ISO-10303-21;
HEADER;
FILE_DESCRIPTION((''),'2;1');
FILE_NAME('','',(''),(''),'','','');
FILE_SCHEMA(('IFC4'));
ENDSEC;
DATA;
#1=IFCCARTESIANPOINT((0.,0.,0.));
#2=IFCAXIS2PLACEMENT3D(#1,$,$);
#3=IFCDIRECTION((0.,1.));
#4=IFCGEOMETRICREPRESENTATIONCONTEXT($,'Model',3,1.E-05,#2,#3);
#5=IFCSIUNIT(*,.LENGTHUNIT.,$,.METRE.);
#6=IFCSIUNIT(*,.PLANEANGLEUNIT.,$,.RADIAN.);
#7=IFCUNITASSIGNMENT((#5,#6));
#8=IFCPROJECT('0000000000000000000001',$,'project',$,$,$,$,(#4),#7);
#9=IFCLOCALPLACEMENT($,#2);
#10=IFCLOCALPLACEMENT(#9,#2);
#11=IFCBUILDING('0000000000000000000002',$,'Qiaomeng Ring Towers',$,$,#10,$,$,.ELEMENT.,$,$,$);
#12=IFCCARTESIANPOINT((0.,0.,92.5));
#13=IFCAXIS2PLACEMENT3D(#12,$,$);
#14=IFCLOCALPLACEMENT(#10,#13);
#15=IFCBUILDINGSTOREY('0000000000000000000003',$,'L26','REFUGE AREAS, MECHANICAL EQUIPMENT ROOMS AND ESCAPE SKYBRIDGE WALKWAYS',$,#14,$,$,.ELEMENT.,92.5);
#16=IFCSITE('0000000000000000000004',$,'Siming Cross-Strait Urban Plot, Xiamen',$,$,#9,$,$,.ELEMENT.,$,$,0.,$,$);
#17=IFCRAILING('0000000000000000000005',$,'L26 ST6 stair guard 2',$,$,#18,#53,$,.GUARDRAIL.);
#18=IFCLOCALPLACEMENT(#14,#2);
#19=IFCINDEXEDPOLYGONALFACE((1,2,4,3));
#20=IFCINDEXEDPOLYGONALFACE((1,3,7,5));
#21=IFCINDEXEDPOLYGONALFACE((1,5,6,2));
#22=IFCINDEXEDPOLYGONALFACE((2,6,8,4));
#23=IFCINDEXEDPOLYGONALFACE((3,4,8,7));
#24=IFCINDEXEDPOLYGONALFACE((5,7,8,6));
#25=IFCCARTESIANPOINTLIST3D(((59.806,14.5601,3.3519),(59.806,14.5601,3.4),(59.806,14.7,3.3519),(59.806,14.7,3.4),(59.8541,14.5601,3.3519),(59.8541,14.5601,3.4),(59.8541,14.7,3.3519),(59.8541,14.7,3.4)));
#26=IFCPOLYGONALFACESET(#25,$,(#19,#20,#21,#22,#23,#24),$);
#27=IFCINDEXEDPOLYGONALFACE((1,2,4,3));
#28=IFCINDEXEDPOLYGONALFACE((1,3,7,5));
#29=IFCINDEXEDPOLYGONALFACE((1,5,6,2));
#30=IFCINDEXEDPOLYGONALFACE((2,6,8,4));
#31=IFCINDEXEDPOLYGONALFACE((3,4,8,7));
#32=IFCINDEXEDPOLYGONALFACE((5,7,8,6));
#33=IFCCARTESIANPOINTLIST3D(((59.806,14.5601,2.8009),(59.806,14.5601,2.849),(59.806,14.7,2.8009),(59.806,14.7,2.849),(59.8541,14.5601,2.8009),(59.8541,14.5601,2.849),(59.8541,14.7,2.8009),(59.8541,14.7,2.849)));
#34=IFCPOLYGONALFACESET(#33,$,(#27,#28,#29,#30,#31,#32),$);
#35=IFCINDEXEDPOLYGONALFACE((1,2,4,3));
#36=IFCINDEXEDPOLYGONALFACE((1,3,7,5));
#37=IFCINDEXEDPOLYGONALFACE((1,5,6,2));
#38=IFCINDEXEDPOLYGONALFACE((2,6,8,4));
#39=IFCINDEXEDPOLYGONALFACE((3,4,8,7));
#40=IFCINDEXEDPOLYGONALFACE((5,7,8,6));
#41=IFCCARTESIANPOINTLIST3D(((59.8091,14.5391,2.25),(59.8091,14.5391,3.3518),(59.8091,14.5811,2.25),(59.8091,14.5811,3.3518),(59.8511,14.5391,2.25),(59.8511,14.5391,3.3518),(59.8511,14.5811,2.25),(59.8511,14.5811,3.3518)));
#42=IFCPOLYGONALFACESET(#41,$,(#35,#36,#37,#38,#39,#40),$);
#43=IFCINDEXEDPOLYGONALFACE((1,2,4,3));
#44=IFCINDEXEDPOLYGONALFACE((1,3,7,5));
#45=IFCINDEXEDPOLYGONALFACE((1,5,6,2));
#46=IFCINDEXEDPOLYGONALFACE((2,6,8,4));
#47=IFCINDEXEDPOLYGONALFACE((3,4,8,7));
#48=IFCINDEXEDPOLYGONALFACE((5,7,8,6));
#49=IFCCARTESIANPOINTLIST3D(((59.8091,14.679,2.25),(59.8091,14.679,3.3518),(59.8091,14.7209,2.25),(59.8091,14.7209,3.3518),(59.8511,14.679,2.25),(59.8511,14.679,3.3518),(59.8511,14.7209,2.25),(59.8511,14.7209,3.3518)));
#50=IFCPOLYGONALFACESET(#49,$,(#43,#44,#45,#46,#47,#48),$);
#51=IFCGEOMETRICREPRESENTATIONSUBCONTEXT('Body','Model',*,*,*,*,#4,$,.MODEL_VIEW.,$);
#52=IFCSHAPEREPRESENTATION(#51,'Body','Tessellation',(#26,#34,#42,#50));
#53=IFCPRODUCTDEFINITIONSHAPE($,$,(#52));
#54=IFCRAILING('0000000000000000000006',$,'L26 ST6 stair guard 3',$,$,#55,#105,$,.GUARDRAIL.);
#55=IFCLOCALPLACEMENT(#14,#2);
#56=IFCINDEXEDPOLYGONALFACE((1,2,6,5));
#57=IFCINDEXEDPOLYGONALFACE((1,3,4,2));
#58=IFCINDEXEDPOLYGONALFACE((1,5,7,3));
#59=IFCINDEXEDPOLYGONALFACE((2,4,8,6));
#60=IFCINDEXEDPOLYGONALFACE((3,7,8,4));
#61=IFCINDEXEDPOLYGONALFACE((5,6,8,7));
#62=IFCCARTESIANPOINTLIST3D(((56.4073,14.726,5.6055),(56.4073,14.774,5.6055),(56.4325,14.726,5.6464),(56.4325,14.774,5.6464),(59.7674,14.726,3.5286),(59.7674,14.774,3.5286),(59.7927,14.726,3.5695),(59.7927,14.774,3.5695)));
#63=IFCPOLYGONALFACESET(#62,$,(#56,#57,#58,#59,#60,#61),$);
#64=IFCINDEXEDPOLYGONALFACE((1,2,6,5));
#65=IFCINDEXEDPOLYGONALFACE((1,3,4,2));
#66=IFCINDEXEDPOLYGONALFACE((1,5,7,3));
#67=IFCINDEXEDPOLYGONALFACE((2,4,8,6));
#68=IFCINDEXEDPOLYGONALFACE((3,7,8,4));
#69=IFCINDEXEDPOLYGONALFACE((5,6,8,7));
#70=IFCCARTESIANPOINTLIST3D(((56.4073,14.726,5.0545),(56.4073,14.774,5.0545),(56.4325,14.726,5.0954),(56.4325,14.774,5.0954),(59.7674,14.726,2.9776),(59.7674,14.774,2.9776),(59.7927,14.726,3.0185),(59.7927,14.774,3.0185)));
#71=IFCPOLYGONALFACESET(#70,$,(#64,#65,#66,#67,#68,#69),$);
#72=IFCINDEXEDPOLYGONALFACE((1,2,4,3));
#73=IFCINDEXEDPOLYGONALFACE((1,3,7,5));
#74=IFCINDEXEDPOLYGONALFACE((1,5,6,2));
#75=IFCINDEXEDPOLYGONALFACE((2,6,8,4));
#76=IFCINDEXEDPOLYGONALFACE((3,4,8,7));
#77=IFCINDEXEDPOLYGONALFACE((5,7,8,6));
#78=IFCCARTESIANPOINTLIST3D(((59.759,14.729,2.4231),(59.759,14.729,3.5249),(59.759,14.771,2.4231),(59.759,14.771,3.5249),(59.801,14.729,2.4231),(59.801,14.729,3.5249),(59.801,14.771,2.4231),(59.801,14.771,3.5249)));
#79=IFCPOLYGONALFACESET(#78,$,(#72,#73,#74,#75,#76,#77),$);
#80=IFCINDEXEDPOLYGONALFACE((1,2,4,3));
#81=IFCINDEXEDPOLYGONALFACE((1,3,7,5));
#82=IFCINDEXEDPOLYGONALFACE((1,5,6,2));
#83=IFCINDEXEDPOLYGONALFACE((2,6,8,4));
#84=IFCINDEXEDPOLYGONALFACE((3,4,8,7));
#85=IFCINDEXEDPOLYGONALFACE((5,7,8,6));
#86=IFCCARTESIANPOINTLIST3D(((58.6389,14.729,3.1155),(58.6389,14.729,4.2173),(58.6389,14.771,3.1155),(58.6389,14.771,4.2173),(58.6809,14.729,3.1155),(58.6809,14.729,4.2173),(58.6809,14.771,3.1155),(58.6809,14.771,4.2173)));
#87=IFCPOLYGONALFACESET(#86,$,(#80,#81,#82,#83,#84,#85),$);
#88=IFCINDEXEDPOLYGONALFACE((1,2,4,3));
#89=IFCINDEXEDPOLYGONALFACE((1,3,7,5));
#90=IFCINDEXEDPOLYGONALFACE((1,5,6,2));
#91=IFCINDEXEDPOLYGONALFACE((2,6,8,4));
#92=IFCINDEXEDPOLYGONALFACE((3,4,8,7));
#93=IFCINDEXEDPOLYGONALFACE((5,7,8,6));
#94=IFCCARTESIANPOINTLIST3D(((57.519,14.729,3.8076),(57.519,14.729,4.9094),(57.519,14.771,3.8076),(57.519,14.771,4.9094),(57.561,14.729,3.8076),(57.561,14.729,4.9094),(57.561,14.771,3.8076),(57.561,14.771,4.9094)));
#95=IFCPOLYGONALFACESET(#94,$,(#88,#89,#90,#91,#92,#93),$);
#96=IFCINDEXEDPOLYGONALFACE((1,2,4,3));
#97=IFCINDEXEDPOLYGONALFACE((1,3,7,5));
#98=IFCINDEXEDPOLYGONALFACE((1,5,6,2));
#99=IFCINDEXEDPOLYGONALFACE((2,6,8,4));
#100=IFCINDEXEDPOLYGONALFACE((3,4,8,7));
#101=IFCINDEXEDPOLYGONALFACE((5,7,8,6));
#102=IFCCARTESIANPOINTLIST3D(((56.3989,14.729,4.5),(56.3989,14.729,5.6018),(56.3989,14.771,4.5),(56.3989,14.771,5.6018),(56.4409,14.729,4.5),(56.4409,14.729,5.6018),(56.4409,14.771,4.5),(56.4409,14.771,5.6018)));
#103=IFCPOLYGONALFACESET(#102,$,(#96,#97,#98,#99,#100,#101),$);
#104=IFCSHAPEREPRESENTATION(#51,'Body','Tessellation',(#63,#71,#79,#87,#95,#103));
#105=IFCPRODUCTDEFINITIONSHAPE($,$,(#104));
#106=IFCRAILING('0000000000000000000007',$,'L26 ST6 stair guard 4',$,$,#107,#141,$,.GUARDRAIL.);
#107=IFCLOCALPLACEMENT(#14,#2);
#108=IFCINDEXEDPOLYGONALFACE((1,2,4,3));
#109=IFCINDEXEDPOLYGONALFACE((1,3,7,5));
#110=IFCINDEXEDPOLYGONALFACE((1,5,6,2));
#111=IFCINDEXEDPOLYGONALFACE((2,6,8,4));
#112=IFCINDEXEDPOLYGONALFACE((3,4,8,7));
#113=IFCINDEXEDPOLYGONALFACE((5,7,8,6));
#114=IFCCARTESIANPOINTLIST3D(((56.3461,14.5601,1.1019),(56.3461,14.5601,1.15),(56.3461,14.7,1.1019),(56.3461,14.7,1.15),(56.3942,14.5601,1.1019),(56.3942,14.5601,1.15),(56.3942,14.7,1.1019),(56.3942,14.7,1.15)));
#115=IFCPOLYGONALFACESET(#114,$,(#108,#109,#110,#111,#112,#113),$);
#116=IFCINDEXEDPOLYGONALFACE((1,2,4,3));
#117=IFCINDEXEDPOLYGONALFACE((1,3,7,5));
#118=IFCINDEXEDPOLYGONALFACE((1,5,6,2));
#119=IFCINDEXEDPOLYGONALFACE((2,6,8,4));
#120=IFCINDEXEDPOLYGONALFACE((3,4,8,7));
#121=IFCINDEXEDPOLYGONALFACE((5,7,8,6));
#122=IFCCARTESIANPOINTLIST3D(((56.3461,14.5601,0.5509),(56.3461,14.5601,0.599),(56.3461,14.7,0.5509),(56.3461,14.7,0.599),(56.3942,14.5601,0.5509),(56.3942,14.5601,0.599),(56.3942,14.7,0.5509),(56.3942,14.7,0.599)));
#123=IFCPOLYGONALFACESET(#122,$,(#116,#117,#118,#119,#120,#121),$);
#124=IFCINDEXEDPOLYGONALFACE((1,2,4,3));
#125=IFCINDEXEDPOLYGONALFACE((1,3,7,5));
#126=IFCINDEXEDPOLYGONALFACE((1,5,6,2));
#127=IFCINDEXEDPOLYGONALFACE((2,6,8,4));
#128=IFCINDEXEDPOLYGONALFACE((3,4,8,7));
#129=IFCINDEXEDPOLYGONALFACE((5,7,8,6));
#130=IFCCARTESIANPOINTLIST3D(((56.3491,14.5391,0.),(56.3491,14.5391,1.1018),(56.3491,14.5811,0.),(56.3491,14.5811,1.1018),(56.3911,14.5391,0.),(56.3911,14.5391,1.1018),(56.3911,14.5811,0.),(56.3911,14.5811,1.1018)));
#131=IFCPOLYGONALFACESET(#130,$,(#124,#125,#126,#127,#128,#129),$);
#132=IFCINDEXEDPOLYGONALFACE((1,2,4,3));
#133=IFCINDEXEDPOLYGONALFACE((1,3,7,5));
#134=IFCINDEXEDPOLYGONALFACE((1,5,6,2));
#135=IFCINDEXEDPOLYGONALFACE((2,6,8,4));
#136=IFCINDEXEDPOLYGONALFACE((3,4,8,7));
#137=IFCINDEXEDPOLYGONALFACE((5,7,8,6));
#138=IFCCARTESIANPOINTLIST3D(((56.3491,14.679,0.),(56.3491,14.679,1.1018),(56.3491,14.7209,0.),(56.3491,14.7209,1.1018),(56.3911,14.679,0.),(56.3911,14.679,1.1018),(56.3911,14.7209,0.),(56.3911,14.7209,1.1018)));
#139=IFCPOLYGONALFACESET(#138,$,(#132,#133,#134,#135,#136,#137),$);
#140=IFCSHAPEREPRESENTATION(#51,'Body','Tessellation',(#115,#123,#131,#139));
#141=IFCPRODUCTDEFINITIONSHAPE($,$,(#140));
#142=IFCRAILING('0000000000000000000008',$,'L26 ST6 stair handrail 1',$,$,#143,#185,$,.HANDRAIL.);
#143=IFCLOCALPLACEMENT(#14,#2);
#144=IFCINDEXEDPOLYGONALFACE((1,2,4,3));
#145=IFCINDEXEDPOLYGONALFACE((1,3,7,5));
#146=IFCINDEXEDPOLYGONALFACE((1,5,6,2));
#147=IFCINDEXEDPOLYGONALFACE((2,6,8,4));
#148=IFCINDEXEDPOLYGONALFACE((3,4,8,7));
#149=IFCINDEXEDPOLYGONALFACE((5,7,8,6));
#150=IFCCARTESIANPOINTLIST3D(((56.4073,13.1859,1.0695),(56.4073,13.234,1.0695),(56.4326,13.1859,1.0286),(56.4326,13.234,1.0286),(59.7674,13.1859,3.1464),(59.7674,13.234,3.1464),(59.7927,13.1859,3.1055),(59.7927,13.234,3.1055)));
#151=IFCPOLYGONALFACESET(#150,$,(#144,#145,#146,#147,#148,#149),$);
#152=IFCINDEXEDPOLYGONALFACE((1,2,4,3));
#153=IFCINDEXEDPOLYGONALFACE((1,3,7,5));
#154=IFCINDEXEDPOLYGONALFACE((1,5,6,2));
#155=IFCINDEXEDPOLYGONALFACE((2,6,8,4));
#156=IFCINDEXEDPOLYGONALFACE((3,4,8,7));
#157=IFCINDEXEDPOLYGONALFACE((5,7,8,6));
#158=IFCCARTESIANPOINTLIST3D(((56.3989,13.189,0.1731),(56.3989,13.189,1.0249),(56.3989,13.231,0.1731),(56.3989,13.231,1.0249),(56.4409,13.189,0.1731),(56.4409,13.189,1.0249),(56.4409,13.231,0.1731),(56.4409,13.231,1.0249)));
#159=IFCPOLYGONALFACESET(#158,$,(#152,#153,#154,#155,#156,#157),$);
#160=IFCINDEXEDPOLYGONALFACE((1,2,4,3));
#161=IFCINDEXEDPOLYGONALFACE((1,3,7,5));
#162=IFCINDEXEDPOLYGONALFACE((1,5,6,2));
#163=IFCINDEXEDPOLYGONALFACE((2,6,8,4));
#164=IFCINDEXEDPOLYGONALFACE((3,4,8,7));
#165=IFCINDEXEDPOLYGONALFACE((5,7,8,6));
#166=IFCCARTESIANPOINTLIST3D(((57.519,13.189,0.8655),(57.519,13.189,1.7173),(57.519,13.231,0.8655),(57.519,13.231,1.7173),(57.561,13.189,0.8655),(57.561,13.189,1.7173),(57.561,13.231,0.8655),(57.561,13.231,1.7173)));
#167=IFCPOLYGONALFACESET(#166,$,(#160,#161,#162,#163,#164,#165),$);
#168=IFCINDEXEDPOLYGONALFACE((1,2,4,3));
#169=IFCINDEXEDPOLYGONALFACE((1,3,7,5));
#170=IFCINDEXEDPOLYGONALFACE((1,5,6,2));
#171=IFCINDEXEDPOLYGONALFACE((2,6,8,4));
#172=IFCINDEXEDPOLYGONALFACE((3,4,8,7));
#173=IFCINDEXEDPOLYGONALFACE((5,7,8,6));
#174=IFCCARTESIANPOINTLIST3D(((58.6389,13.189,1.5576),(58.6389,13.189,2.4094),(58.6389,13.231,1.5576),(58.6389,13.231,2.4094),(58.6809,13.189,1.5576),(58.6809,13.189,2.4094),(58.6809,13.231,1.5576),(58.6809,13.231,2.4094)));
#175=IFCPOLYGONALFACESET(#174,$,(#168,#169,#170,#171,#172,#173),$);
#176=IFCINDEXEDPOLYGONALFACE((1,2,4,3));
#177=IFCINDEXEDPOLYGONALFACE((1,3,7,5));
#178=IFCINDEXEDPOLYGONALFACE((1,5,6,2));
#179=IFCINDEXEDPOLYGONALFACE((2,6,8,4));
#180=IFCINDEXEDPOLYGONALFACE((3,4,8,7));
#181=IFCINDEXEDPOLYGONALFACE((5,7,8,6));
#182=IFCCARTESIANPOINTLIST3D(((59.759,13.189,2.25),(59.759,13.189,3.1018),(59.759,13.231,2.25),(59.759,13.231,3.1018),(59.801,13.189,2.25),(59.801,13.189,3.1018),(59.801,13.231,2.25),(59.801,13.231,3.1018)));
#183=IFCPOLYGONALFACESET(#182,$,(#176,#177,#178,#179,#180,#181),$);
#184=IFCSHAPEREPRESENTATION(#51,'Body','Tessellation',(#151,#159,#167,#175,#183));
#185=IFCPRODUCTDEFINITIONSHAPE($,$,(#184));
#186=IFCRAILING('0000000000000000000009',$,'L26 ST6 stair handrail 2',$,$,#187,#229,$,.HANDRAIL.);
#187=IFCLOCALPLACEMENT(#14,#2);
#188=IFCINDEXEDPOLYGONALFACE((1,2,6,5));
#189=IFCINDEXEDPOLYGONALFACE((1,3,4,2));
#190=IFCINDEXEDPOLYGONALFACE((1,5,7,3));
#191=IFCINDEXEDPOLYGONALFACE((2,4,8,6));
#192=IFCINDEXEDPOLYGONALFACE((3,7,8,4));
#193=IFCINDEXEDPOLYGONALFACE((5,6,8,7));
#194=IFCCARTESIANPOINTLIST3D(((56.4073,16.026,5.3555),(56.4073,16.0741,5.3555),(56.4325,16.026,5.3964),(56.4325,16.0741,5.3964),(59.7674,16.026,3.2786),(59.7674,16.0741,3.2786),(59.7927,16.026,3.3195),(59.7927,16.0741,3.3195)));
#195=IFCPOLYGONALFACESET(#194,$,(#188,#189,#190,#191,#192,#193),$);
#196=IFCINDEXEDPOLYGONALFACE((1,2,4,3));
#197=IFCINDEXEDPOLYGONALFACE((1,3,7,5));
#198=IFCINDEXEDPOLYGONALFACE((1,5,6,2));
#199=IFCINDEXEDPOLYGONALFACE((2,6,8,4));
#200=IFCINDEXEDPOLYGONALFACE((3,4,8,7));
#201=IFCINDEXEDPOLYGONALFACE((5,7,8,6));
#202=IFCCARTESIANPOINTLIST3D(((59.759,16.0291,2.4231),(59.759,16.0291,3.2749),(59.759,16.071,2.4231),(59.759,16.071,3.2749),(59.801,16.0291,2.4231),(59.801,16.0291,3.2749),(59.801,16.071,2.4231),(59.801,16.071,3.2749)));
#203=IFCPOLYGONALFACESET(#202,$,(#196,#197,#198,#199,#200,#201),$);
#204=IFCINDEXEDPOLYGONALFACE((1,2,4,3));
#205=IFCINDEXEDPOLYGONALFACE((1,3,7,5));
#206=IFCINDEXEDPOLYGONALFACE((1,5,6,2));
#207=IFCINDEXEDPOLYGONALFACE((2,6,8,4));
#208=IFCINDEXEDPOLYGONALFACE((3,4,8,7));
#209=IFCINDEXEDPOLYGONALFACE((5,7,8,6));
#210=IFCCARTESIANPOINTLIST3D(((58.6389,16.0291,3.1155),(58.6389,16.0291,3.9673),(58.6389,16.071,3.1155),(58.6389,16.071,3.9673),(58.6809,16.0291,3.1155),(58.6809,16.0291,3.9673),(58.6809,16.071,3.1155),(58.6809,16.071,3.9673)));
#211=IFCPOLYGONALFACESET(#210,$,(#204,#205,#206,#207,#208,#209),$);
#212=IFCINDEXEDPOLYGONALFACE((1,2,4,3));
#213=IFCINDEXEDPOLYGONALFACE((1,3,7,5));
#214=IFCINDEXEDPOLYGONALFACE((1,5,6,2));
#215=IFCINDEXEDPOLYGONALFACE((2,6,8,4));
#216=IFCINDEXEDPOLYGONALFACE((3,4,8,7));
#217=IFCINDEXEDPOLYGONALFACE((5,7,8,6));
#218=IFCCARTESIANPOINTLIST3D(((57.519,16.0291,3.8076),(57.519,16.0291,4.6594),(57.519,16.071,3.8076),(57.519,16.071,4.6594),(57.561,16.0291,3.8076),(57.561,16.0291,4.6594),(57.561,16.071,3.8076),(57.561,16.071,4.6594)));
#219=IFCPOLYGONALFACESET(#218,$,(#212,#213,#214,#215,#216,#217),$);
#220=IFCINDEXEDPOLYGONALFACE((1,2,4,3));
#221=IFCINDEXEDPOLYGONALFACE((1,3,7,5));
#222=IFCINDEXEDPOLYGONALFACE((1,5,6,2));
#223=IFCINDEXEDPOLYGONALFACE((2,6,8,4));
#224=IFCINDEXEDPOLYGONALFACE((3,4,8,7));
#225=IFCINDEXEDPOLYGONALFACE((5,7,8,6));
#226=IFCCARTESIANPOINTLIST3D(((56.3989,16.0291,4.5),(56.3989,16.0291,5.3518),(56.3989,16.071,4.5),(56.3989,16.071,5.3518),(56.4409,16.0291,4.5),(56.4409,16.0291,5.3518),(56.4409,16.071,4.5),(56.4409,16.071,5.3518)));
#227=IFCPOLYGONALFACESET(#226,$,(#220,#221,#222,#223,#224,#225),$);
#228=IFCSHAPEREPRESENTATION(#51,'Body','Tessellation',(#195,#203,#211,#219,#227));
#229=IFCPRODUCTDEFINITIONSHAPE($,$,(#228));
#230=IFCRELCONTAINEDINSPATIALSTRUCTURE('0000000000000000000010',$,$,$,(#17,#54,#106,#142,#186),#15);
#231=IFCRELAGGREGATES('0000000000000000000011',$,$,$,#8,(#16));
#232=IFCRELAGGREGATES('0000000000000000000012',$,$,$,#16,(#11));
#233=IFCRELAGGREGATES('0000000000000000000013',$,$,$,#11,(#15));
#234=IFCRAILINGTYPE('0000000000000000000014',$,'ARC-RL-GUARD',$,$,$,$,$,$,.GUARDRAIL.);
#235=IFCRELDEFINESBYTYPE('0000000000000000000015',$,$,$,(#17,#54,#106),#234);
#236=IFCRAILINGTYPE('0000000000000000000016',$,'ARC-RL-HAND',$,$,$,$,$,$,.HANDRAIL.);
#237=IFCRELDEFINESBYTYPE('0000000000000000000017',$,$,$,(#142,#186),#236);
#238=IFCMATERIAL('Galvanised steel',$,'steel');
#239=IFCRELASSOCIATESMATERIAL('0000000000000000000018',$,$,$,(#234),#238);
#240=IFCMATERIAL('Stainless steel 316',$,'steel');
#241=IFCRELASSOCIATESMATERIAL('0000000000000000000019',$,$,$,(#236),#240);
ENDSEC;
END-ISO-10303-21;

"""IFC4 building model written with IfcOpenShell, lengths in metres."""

from ifc_helpers import new_model, si_unit, direction, frame, origin, origin_2d, place, context, subcontext, project, spatial, rectangle, extrude, material, type_object, element, save


model = new_model("IFC4")

# Units and contexts
model_context = context("Model", 3, precision=1e-05, world=origin(), true_north=direction((0.0, 1.0)))
body_context = subcontext(model_context, "Body", "Model", "MODEL_VIEW")
ifc_project = project(units=[si_unit("LENGTHUNIT", "METRE"), si_unit("PLANEANGLEUNIT", "RADIAN")], contexts=[model_context])

# Site, building, storey
site_placement = place(None, origin())
site = spatial("IfcSite", under=ifc_project, at=site_placement, Name="Siming Cross-Strait Urban Plot, Xiamen", CompositionType="ELEMENT", RefElevation=0.0)
building_placement = place(site_placement, origin())
building = spatial("IfcBuilding", under=site, at=building_placement, Name="Qiaomeng Ring Towers", CompositionType="ELEMENT")
storey_placement = place(building_placement, frame((0.0, 0.0, 92.5)))
storey = spatial("IfcBuildingStorey", under=building, at=storey_placement, Name="L26", Description="REFUGE AREAS, MECHANICAL EQUIPMENT ROOMS AND ESCAPE SKYBRIDGE WALKWAYS", CompositionType="ELEMENT", Elevation=92.5)

# Shared definitions
ifc_material_1 = material(Name="Galvanised steel", Category="steel")

# Shared definitions
ifc_material_2 = material(Name="Stainless steel 316", Category="steel")

# Railings
railing_type_1 = type_object("IfcRailingType", Name="ARC-RL-GUARD", PredefinedType="GUARDRAIL", material=ifc_material_1)
railing_1_placement = place(storey_placement, frame((59.8301, 14.5601, 2.25)))
element("IfcRailing", 1, at=railing_1_placement, inside=storey, type_object=railing_type_1, Name="L26 ST6 stair guard 2", PredefinedType="GUARDRAIL", context=body_context, shape_type="SweptSolid", body=[
    extrude(rectangle(XDim=0.0481, YDim=0.0481, at=origin_2d()), frame((0.0, 0.0, 1.126), z_axis=(0.0, 1.0, 0.0), x_axis=(-1.0, 0.0, 0.0)), (0.0, 0.0, 1.0), 0.1399),
    extrude(rectangle(XDim=0.0481, YDim=0.0481, at=origin_2d()), frame((0.0, 0.0, 0.575), z_axis=(0.0, 1.0, 0.0), x_axis=(-1.0, 0.0, 0.0)), (0.0, 0.0, 1.0), 0.1399),
    extrude(rectangle(XDim=0.042, YDim=0.042, at=origin_2d()), origin(), (0.0, 0.0, 1.0), 1.1018),
    extrude(rectangle(XDim=0.042, YDim=0.042, at=origin_2d()), frame((0.0, 0.1399, 0.0)), (0.0, 0.0, 1.0), 1.1018),
])
railing_2_placement = place(storey_placement, frame((59.78, 14.75, 2.4231)))
element("IfcRailing", 2, at=railing_2_placement, inside=storey, type_object=railing_type_1, Name="L26 ST6 stair guard 3", PredefinedType="GUARDRAIL", context=body_context, shape_type="SweptSolid", body=[
    extrude(rectangle(XDim=0.0481, YDim=0.0481, at=origin_2d()), frame((0.0, 0.0, 1.126), z_axis=(-0.850623, 0.0, 0.525776), x_axis=(0.0, -1.0, 0.0)), (0.0, 0.0, 1.0), 3.9502),
    extrude(rectangle(XDim=0.0481, YDim=0.0481, at=origin_2d()), frame((0.0, 0.0, 0.575), z_axis=(-0.850623, 0.0, 0.525776), x_axis=(0.0, -1.0, 0.0)), (0.0, 0.0, 1.0), 3.9502),
    extrude(rectangle(XDim=0.042, YDim=0.042, at=origin_2d()), origin(), (0.0, 0.0, 1.0), 1.1018),
    extrude(rectangle(XDim=0.042, YDim=0.042, at=origin_2d()), frame((-1.1201, 0.0, 0.6924)), (0.0, 0.0, 1.0), 1.1018),
    extrude(rectangle(XDim=0.042, YDim=0.042, at=origin_2d()), frame((-2.24, 0.0, 1.3845)), (0.0, 0.0, 1.0), 1.1018),
    extrude(rectangle(XDim=0.042, YDim=0.042, at=origin_2d()), frame((-3.3601, 0.0, 2.0769)), (0.0, 0.0, 1.0), 1.1018),
])
railing_3_placement = place(storey_placement, frame((56.3701, 14.5601, 0.0)))
element("IfcRailing", 3, at=railing_3_placement, inside=storey, type_object=railing_type_1, Name="L26 ST6 stair guard 4", PredefinedType="GUARDRAIL", context=body_context, shape_type="SweptSolid", body=[
    extrude(rectangle(XDim=0.0481, YDim=0.0481, at=origin_2d()), frame((0.0, 0.0, 1.126), z_axis=(0.0, 1.0, 0.0), x_axis=(-1.0, 0.0, 0.0)), (0.0, 0.0, 1.0), 0.1399),
    extrude(rectangle(XDim=0.0481, YDim=0.0481, at=origin_2d()), frame((0.0, 0.0, 0.575), z_axis=(0.0, 1.0, 0.0), x_axis=(-1.0, 0.0, 0.0)), (0.0, 0.0, 1.0), 0.1399),
    extrude(rectangle(XDim=0.042, YDim=0.042, at=origin_2d()), origin(), (0.0, 0.0, 1.0), 1.1018),
    extrude(rectangle(XDim=0.042, YDim=0.042, at=origin_2d()), frame((0.0, 0.1399, 0.0)), (0.0, 0.0, 1.0), 1.1018),
])
railing_type_2 = type_object("IfcRailingType", Name="ARC-RL-HAND", PredefinedType="HANDRAIL", material=ifc_material_2)
railing_4_placement = place(storey_placement, frame((56.4199, 13.21, 0.1731)))
element("IfcRailing", 4, at=railing_4_placement, inside=storey, type_object=railing_type_2, Name="L26 ST6 stair handrail 1", PredefinedType="HANDRAIL", context=body_context, shape_type="SweptSolid", body=[
    extrude(rectangle(XDim=0.0481, YDim=0.0481, at=origin_2d()), frame((0.0, 0.0, 0.876), z_axis=(0.850623, 0.0, 0.525776), x_axis=(0.0, 1.0, 0.0)), (0.0, 0.0, 1.0), 3.9502),
    extrude(rectangle(XDim=0.042, YDim=0.042, at=origin_2d()), origin(), (0.0, 0.0, 1.0), 0.8518),
    extrude(rectangle(XDim=0.042, YDim=0.042, at=origin_2d()), frame((1.1201, 0.0, 0.6924)), (0.0, 0.0, 1.0), 0.8518),
    extrude(rectangle(XDim=0.042, YDim=0.042, at=origin_2d()), frame((2.24, 0.0, 1.3845)), (0.0, 0.0, 1.0), 0.8518),
    extrude(rectangle(XDim=0.042, YDim=0.042, at=origin_2d()), frame((3.3601, 0.0, 2.0769)), (0.0, 0.0, 1.0), 0.8518),
])
railing_5_placement = place(storey_placement, frame((59.78, 16.05, 2.4231)))
element("IfcRailing", 5, at=railing_5_placement, inside=storey, type_object=railing_type_2, Name="L26 ST6 stair handrail 2", PredefinedType="HANDRAIL", context=body_context, shape_type="SweptSolid", body=[
    extrude(rectangle(XDim=0.0481, YDim=0.0481, at=origin_2d()), frame((0.0, 0.0, 0.876), z_axis=(-0.850623, 0.0, 0.525776), x_axis=(0.0, -1.0, 0.0)), (0.0, 0.0, 1.0), 3.9502),
    extrude(rectangle(XDim=0.042, YDim=0.042, at=origin_2d()), origin(), (0.0, 0.0, 1.0), 0.8518),
    extrude(rectangle(XDim=0.042, YDim=0.042, at=origin_2d()), frame((-1.1201, 0.0, 0.6924)), (0.0, 0.0, 1.0), 0.8518),
    extrude(rectangle(XDim=0.042, YDim=0.042, at=origin_2d()), frame((-2.24, 0.0, 1.3845)), (0.0, 0.0, 1.0), 0.8518),
    extrude(rectangle(XDim=0.042, YDim=0.042, at=origin_2d()), frame((-3.3601, 0.0, 2.0769)), (0.0, 0.0, 1.0), 0.8518),
])

save(model, "model.ifc")
